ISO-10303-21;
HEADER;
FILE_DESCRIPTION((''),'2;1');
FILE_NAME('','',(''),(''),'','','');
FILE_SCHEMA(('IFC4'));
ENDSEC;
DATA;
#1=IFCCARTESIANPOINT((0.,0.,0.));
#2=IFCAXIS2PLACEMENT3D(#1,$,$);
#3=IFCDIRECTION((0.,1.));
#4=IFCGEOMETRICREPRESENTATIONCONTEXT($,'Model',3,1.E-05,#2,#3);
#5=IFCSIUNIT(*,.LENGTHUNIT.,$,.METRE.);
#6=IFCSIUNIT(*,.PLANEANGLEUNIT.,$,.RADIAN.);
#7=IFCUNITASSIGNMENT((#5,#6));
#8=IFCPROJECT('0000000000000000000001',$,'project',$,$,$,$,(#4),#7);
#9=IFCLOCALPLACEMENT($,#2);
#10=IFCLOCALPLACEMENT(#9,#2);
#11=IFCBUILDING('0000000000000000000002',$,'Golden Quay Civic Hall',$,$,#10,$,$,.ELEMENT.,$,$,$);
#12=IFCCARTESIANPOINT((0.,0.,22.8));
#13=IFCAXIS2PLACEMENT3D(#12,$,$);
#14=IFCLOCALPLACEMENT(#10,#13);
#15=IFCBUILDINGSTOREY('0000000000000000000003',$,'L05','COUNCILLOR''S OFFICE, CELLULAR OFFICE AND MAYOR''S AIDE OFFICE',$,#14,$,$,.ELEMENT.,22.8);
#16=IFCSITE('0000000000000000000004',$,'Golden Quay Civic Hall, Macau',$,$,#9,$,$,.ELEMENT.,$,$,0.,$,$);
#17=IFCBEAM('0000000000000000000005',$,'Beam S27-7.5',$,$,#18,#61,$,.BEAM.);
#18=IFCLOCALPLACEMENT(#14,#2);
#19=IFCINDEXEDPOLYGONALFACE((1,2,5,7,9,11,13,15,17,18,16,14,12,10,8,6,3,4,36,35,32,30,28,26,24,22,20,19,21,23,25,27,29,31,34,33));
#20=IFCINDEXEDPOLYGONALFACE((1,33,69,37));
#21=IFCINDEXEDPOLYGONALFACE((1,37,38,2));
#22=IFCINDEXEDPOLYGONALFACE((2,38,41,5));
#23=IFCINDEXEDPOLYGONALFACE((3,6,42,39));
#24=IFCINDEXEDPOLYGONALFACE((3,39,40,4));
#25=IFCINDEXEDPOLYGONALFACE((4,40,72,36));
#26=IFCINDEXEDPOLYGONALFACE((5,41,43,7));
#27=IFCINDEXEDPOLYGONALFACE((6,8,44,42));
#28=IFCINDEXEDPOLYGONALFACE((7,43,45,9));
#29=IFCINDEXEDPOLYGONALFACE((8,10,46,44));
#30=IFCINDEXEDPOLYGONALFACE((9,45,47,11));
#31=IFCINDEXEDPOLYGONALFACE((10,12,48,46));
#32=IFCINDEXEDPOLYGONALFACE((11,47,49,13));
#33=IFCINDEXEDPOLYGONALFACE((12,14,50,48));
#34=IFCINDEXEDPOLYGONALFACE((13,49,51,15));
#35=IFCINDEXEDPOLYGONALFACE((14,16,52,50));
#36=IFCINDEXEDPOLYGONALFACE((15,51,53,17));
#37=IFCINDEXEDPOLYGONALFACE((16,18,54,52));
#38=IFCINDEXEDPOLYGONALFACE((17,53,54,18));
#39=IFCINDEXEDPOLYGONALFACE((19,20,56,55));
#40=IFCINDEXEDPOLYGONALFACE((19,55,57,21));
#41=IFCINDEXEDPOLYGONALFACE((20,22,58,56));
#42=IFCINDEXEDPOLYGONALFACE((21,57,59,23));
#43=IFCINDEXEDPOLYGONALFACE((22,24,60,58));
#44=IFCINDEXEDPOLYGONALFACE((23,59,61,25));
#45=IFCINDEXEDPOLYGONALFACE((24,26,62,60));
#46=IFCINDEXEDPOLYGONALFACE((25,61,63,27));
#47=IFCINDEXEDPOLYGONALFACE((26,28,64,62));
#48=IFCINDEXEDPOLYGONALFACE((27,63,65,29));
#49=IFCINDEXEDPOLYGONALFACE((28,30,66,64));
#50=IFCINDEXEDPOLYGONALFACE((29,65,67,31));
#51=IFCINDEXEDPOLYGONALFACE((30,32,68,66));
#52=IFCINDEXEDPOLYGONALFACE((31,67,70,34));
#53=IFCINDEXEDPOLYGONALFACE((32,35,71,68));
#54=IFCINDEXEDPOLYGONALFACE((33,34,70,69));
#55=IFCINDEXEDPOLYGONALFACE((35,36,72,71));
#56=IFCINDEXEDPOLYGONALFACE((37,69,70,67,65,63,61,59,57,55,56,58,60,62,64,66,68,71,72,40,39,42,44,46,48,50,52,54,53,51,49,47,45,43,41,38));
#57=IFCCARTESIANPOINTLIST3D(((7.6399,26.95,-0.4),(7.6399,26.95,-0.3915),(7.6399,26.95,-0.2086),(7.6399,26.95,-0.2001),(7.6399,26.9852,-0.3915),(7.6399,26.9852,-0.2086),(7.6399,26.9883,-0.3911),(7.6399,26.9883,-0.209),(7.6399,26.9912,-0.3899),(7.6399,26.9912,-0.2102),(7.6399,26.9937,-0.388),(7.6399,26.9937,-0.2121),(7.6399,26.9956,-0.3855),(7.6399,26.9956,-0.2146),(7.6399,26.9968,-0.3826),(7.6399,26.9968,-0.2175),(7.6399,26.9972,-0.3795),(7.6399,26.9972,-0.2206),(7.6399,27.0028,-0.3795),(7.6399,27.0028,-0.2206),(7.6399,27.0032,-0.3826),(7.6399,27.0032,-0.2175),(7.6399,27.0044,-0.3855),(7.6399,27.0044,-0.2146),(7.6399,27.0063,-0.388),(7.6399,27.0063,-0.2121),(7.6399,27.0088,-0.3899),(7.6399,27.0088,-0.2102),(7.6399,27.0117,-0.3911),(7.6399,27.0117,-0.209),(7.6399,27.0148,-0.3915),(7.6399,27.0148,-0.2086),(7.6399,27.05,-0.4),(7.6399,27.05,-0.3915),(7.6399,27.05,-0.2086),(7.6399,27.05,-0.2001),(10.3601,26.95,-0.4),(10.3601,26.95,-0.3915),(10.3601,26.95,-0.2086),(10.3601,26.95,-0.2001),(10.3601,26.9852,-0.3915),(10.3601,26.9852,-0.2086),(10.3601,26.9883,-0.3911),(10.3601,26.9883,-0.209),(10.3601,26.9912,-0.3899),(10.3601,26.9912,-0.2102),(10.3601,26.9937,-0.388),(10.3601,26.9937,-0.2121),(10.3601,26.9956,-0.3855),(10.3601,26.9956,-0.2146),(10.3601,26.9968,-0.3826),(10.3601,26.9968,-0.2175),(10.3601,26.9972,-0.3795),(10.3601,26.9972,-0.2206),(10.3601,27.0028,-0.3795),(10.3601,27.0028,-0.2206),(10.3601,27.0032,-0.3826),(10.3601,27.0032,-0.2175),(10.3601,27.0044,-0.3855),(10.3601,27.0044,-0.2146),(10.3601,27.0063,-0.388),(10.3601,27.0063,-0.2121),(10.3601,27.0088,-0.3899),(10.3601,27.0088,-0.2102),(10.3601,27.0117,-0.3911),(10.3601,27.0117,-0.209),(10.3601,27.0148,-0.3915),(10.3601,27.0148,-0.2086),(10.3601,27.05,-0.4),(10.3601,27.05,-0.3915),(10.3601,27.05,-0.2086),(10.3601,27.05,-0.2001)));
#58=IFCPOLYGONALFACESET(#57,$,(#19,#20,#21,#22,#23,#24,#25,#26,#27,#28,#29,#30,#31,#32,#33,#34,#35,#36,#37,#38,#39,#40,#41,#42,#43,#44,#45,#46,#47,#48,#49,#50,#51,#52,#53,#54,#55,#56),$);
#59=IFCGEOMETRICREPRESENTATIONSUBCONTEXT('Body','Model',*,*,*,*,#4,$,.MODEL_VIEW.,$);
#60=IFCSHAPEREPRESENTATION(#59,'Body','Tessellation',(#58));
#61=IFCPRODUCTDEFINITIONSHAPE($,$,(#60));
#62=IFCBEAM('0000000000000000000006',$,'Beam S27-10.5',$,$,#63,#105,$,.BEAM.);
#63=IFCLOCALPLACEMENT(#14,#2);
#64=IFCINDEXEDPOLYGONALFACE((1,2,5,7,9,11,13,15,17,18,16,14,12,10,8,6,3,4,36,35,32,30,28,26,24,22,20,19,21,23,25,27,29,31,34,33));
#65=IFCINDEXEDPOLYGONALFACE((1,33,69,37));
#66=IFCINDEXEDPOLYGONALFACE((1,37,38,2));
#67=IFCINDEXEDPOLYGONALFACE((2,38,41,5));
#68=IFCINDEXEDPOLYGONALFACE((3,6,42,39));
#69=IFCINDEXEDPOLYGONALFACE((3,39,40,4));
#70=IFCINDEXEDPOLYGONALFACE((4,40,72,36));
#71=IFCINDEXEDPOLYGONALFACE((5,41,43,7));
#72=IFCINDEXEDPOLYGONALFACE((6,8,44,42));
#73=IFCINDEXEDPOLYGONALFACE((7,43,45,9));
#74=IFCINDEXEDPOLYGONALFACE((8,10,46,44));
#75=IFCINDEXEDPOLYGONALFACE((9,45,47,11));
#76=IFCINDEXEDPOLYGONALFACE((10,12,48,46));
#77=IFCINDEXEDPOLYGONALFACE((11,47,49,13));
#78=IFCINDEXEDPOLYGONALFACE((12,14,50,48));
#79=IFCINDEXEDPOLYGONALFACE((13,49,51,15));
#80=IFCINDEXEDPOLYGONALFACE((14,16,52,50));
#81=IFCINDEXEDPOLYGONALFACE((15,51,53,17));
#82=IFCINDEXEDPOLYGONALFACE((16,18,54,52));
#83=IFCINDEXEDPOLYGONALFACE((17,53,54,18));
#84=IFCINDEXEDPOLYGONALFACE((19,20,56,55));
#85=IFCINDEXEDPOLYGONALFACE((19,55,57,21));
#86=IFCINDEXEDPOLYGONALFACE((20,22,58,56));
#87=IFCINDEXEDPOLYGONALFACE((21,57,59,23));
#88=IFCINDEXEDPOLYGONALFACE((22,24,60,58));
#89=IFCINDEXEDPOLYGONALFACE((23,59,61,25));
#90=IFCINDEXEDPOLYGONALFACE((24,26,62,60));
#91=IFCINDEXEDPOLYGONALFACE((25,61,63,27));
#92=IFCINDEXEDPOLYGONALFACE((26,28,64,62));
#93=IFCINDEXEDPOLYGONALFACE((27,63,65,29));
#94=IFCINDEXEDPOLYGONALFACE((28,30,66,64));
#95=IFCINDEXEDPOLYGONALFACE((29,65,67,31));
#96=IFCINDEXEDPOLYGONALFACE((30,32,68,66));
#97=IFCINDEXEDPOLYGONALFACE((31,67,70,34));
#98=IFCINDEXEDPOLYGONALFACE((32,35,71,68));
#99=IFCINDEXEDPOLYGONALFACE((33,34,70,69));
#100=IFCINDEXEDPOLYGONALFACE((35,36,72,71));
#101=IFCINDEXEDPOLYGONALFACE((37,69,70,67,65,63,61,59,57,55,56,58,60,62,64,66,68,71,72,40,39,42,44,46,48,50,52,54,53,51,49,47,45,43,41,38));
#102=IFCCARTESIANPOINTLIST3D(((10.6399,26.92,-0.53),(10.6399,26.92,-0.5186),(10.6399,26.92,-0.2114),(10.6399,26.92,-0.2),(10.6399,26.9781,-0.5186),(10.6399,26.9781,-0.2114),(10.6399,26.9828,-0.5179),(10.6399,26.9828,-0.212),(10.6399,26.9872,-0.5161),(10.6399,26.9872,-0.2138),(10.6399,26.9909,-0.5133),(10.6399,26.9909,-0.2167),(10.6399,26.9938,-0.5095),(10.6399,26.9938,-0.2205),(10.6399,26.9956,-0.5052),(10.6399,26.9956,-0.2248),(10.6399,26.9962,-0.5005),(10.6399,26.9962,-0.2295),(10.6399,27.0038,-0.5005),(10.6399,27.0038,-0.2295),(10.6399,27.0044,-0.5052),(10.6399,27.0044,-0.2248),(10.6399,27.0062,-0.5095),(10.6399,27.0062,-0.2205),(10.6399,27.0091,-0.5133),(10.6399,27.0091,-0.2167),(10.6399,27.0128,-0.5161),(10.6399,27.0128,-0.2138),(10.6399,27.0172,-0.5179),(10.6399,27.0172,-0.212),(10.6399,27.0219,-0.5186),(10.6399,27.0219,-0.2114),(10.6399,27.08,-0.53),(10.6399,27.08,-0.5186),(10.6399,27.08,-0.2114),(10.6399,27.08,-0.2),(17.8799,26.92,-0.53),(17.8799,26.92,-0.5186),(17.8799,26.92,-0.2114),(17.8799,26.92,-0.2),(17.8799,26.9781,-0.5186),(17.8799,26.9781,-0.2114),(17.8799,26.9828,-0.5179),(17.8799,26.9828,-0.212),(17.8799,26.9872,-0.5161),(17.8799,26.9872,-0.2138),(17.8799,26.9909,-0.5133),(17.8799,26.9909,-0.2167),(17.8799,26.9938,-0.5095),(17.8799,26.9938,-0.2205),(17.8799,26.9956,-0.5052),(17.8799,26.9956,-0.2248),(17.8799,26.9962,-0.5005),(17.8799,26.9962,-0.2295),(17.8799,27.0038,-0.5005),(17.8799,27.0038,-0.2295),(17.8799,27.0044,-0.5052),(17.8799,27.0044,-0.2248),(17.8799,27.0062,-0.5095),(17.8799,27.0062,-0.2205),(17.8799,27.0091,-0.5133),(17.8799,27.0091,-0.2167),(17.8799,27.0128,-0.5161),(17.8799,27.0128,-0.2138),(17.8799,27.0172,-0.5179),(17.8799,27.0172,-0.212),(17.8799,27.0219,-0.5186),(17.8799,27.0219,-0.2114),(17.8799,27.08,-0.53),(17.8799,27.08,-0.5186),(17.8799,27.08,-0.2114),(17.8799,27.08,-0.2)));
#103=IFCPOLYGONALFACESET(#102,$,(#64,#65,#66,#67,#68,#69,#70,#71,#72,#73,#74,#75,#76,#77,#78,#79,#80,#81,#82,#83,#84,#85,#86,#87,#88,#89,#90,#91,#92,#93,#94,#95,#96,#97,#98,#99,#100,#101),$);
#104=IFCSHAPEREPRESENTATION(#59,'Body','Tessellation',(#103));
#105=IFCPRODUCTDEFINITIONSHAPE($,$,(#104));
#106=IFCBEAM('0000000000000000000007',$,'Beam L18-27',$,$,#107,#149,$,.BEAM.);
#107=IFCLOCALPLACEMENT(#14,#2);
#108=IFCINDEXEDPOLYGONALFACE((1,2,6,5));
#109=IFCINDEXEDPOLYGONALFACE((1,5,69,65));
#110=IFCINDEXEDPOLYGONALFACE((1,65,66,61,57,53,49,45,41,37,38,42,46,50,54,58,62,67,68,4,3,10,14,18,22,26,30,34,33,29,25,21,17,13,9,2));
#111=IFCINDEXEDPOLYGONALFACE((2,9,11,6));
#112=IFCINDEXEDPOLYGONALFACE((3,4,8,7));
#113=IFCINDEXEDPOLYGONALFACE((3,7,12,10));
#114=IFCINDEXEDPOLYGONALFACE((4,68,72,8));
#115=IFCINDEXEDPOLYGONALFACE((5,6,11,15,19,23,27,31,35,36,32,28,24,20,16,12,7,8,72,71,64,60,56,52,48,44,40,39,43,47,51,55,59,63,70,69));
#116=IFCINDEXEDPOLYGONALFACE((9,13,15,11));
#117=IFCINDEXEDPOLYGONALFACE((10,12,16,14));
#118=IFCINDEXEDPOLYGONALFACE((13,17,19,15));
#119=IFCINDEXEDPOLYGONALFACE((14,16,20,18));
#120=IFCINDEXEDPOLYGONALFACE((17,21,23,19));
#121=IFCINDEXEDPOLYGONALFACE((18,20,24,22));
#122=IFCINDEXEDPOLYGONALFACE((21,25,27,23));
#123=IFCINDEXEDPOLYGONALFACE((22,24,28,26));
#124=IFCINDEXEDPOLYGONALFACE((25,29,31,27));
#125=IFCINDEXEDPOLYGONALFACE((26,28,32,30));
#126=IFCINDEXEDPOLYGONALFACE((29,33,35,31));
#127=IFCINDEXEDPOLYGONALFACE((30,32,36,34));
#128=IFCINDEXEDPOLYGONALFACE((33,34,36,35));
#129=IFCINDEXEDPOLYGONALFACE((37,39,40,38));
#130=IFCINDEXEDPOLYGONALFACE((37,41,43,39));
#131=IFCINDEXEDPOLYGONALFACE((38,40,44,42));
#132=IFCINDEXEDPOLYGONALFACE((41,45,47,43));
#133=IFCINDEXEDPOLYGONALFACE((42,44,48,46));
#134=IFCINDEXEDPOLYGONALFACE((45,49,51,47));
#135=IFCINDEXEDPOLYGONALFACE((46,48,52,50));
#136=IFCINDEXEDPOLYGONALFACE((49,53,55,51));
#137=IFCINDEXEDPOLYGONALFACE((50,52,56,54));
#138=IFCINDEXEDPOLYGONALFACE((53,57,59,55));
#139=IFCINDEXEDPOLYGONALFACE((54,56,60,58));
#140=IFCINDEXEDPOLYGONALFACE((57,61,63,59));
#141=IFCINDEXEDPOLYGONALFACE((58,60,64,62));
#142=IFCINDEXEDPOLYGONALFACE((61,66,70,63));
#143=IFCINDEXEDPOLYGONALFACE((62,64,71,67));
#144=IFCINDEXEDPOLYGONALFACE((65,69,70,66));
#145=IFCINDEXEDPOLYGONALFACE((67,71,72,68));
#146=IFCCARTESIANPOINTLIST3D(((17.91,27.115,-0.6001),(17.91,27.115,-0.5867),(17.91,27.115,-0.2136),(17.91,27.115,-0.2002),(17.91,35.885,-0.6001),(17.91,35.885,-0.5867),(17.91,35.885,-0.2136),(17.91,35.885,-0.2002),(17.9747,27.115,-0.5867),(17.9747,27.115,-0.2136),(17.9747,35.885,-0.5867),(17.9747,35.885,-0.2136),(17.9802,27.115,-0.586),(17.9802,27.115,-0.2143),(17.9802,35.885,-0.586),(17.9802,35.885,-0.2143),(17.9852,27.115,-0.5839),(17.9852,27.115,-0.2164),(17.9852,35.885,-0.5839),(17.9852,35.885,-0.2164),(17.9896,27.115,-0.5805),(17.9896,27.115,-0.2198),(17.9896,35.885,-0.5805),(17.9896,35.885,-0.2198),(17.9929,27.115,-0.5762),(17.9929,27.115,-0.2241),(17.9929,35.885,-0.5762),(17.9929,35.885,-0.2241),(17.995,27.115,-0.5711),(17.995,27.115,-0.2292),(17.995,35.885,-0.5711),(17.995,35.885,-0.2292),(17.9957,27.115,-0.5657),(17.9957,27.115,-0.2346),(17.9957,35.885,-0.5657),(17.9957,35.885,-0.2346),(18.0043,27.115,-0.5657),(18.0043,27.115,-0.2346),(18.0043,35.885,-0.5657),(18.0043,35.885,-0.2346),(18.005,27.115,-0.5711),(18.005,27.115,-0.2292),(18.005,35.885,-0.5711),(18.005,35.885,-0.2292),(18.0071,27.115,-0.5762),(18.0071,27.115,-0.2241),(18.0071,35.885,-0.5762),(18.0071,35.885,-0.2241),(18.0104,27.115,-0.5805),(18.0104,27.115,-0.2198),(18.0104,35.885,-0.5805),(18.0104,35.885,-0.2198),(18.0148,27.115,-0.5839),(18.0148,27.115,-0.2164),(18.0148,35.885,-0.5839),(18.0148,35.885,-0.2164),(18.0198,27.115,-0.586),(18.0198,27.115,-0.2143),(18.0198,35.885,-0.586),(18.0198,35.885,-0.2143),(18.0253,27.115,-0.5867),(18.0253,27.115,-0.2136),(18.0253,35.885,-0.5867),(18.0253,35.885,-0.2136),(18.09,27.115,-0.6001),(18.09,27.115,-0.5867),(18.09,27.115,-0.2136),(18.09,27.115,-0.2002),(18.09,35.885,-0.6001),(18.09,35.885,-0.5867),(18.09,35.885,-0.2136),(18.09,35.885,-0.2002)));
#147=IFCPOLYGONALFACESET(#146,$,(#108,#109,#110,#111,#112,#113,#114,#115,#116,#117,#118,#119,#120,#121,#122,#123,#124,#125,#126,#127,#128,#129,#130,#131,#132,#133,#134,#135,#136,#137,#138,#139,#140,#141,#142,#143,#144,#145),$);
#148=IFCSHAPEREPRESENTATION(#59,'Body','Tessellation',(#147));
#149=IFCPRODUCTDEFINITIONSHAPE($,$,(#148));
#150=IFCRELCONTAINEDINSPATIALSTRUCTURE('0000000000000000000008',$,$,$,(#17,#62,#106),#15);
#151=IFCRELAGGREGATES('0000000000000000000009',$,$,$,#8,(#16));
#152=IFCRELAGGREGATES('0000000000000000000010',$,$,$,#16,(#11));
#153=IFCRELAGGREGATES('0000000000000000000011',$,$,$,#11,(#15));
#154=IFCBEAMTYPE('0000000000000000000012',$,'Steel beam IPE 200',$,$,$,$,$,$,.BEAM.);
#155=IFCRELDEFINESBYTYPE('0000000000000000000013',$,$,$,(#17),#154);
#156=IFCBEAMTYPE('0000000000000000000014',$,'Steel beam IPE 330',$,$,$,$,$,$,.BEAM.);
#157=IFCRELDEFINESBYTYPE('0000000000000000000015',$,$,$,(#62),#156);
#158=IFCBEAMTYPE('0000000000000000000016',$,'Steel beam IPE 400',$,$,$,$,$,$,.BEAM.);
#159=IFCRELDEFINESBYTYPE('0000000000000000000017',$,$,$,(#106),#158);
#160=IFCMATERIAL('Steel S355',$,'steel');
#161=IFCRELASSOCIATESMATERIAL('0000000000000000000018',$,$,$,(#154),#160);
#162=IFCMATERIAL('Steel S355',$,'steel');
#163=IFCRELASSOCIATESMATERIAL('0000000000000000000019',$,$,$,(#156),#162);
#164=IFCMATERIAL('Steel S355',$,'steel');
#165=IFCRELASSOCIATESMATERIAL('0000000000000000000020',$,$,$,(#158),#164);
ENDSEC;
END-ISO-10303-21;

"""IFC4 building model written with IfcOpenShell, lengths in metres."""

from ifc_helpers import new_model, si_unit, direction, frame, origin, origin_2d, place, context, subcontext, project, spatial, i_section, extrude, material, material_profile, profile_set, type_object, element, save


model = new_model("IFC4")

# Units and contexts
model_context = context("Model", 3, precision=1e-05, world=origin(), true_north=direction((0.0, 1.0)))
body_context = subcontext(model_context, "Body", "Model", "MODEL_VIEW")
ifc_project = project(units=[si_unit("LENGTHUNIT", "METRE"), si_unit("PLANEANGLEUNIT", "RADIAN")], contexts=[model_context])

# Site, building, storey
site_placement = place(None, origin())
site = spatial("IfcSite", under=ifc_project, at=site_placement, Name="Golden Quay Civic Hall, Macau", CompositionType="ELEMENT", RefElevation=0.0)
building_placement = place(site_placement, origin())
building = spatial("IfcBuilding", under=site, at=building_placement, Name="Golden Quay Civic Hall", CompositionType="ELEMENT")
storey_placement = place(building_placement, frame((0.0, 0.0, 22.8)))
storey = spatial("IfcBuildingStorey", under=building, at=storey_placement, Name="L05", Description="COUNCILLOR'S OFFICE, CELLULAR OFFICE AND MAYOR'S AIDE OFFICE", CompositionType="ELEMENT", Elevation=22.8)

# Beams
ifc_material_1 = material(Name="Steel S355", Category="steel")
ifc_material_profile_1 = material_profile(ifc_material_1, i_section(OverallWidth=0.1001, OverallDepth=0.2, WebThickness=0.0056, FlangeThickness=0.0085, FilletRadius=0.012, at=origin_2d()), Name="IPE 200")
ifc_profile_set_1 = profile_set([ifc_material_profile_1], Name="Steel S355")
beam_type_1 = type_object("IfcBeamType", Name="Steel beam IPE 200", PredefinedType="BEAM", material=ifc_profile_set_1)
beam_1_placement = place(storey_placement, frame((7.6399, 27.0, -0.3), z_axis=(1.0, 0.0, 0.0), x_axis=(0.0, 1.0, 0.0)))
element("IfcBeam", 1, at=beam_1_placement, inside=storey, type_object=beam_type_1, Name="Beam S27-7.5", PredefinedType="BEAM", context=body_context, shape_type="SweptSolid", body=[
    extrude(i_section(OverallWidth=0.1001, OverallDepth=0.2, WebThickness=0.0056, FlangeThickness=0.0085, FilletRadius=0.012, at=origin_2d()), origin(), (0.0, 0.0, 1.0), 2.7202),
])
ifc_material_2 = material(Name="Steel S355", Category="steel")
ifc_material_profile_2 = material_profile(ifc_material_2, i_section(OverallWidth=0.1599, OverallDepth=0.3301, WebThickness=0.0076, FlangeThickness=0.0115, FilletRadius=0.0181, at=origin_2d()), Name="IPE 330")
ifc_profile_set_2 = profile_set([ifc_material_profile_2], Name="Steel S355")
beam_type_2 = type_object("IfcBeamType", Name="Steel beam IPE 330", PredefinedType="BEAM", material=ifc_profile_set_2)
beam_2_placement = place(storey_placement, frame((10.6399, 27.0, -0.365), z_axis=(1.0, 0.0, 0.0), x_axis=(0.0, 1.0, 0.0)))
element("IfcBeam", 2, at=beam_2_placement, inside=storey, type_object=beam_type_2, Name="Beam S27-10.5", PredefinedType="BEAM", context=body_context, shape_type="SweptSolid", body=[
    extrude(i_section(OverallWidth=0.1599, OverallDepth=0.3301, WebThickness=0.0076, FlangeThickness=0.0115, FilletRadius=0.0181, at=origin_2d()), origin(), (0.0, 0.0, 1.0), 7.24),
])
ifc_material_3 = material(Name="Steel S355", Category="steel")
ifc_material_profile_3 = material_profile(ifc_material_3, i_section(OverallWidth=0.1799, OverallDepth=0.3999, WebThickness=0.0085, FlangeThickness=0.0134, FilletRadius=0.021, at=origin_2d()), Name="IPE 400")
ifc_profile_set_3 = profile_set([ifc_material_profile_3], Name="Steel S355")
beam_type_3 = type_object("IfcBeamType", Name="Steel beam IPE 400", PredefinedType="BEAM", material=ifc_profile_set_3)
beam_3_placement = place(storey_placement, frame((18.0, 27.115, -0.4001), z_axis=(0.0, 1.0, 0.0), x_axis=(-1.0, 0.0, 0.0)))
element("IfcBeam", 3, at=beam_3_placement, inside=storey, type_object=beam_type_3, Name="Beam L18-27", PredefinedType="BEAM", context=body_context, shape_type="SweptSolid", body=[
    extrude(i_section(OverallWidth=0.1799, OverallDepth=0.3999, WebThickness=0.0085, FlangeThickness=0.0134, FilletRadius=0.021, at=origin_2d()), origin(), (0.0, 0.0, 1.0), 8.77),
])

save(model, "model.ifc")
